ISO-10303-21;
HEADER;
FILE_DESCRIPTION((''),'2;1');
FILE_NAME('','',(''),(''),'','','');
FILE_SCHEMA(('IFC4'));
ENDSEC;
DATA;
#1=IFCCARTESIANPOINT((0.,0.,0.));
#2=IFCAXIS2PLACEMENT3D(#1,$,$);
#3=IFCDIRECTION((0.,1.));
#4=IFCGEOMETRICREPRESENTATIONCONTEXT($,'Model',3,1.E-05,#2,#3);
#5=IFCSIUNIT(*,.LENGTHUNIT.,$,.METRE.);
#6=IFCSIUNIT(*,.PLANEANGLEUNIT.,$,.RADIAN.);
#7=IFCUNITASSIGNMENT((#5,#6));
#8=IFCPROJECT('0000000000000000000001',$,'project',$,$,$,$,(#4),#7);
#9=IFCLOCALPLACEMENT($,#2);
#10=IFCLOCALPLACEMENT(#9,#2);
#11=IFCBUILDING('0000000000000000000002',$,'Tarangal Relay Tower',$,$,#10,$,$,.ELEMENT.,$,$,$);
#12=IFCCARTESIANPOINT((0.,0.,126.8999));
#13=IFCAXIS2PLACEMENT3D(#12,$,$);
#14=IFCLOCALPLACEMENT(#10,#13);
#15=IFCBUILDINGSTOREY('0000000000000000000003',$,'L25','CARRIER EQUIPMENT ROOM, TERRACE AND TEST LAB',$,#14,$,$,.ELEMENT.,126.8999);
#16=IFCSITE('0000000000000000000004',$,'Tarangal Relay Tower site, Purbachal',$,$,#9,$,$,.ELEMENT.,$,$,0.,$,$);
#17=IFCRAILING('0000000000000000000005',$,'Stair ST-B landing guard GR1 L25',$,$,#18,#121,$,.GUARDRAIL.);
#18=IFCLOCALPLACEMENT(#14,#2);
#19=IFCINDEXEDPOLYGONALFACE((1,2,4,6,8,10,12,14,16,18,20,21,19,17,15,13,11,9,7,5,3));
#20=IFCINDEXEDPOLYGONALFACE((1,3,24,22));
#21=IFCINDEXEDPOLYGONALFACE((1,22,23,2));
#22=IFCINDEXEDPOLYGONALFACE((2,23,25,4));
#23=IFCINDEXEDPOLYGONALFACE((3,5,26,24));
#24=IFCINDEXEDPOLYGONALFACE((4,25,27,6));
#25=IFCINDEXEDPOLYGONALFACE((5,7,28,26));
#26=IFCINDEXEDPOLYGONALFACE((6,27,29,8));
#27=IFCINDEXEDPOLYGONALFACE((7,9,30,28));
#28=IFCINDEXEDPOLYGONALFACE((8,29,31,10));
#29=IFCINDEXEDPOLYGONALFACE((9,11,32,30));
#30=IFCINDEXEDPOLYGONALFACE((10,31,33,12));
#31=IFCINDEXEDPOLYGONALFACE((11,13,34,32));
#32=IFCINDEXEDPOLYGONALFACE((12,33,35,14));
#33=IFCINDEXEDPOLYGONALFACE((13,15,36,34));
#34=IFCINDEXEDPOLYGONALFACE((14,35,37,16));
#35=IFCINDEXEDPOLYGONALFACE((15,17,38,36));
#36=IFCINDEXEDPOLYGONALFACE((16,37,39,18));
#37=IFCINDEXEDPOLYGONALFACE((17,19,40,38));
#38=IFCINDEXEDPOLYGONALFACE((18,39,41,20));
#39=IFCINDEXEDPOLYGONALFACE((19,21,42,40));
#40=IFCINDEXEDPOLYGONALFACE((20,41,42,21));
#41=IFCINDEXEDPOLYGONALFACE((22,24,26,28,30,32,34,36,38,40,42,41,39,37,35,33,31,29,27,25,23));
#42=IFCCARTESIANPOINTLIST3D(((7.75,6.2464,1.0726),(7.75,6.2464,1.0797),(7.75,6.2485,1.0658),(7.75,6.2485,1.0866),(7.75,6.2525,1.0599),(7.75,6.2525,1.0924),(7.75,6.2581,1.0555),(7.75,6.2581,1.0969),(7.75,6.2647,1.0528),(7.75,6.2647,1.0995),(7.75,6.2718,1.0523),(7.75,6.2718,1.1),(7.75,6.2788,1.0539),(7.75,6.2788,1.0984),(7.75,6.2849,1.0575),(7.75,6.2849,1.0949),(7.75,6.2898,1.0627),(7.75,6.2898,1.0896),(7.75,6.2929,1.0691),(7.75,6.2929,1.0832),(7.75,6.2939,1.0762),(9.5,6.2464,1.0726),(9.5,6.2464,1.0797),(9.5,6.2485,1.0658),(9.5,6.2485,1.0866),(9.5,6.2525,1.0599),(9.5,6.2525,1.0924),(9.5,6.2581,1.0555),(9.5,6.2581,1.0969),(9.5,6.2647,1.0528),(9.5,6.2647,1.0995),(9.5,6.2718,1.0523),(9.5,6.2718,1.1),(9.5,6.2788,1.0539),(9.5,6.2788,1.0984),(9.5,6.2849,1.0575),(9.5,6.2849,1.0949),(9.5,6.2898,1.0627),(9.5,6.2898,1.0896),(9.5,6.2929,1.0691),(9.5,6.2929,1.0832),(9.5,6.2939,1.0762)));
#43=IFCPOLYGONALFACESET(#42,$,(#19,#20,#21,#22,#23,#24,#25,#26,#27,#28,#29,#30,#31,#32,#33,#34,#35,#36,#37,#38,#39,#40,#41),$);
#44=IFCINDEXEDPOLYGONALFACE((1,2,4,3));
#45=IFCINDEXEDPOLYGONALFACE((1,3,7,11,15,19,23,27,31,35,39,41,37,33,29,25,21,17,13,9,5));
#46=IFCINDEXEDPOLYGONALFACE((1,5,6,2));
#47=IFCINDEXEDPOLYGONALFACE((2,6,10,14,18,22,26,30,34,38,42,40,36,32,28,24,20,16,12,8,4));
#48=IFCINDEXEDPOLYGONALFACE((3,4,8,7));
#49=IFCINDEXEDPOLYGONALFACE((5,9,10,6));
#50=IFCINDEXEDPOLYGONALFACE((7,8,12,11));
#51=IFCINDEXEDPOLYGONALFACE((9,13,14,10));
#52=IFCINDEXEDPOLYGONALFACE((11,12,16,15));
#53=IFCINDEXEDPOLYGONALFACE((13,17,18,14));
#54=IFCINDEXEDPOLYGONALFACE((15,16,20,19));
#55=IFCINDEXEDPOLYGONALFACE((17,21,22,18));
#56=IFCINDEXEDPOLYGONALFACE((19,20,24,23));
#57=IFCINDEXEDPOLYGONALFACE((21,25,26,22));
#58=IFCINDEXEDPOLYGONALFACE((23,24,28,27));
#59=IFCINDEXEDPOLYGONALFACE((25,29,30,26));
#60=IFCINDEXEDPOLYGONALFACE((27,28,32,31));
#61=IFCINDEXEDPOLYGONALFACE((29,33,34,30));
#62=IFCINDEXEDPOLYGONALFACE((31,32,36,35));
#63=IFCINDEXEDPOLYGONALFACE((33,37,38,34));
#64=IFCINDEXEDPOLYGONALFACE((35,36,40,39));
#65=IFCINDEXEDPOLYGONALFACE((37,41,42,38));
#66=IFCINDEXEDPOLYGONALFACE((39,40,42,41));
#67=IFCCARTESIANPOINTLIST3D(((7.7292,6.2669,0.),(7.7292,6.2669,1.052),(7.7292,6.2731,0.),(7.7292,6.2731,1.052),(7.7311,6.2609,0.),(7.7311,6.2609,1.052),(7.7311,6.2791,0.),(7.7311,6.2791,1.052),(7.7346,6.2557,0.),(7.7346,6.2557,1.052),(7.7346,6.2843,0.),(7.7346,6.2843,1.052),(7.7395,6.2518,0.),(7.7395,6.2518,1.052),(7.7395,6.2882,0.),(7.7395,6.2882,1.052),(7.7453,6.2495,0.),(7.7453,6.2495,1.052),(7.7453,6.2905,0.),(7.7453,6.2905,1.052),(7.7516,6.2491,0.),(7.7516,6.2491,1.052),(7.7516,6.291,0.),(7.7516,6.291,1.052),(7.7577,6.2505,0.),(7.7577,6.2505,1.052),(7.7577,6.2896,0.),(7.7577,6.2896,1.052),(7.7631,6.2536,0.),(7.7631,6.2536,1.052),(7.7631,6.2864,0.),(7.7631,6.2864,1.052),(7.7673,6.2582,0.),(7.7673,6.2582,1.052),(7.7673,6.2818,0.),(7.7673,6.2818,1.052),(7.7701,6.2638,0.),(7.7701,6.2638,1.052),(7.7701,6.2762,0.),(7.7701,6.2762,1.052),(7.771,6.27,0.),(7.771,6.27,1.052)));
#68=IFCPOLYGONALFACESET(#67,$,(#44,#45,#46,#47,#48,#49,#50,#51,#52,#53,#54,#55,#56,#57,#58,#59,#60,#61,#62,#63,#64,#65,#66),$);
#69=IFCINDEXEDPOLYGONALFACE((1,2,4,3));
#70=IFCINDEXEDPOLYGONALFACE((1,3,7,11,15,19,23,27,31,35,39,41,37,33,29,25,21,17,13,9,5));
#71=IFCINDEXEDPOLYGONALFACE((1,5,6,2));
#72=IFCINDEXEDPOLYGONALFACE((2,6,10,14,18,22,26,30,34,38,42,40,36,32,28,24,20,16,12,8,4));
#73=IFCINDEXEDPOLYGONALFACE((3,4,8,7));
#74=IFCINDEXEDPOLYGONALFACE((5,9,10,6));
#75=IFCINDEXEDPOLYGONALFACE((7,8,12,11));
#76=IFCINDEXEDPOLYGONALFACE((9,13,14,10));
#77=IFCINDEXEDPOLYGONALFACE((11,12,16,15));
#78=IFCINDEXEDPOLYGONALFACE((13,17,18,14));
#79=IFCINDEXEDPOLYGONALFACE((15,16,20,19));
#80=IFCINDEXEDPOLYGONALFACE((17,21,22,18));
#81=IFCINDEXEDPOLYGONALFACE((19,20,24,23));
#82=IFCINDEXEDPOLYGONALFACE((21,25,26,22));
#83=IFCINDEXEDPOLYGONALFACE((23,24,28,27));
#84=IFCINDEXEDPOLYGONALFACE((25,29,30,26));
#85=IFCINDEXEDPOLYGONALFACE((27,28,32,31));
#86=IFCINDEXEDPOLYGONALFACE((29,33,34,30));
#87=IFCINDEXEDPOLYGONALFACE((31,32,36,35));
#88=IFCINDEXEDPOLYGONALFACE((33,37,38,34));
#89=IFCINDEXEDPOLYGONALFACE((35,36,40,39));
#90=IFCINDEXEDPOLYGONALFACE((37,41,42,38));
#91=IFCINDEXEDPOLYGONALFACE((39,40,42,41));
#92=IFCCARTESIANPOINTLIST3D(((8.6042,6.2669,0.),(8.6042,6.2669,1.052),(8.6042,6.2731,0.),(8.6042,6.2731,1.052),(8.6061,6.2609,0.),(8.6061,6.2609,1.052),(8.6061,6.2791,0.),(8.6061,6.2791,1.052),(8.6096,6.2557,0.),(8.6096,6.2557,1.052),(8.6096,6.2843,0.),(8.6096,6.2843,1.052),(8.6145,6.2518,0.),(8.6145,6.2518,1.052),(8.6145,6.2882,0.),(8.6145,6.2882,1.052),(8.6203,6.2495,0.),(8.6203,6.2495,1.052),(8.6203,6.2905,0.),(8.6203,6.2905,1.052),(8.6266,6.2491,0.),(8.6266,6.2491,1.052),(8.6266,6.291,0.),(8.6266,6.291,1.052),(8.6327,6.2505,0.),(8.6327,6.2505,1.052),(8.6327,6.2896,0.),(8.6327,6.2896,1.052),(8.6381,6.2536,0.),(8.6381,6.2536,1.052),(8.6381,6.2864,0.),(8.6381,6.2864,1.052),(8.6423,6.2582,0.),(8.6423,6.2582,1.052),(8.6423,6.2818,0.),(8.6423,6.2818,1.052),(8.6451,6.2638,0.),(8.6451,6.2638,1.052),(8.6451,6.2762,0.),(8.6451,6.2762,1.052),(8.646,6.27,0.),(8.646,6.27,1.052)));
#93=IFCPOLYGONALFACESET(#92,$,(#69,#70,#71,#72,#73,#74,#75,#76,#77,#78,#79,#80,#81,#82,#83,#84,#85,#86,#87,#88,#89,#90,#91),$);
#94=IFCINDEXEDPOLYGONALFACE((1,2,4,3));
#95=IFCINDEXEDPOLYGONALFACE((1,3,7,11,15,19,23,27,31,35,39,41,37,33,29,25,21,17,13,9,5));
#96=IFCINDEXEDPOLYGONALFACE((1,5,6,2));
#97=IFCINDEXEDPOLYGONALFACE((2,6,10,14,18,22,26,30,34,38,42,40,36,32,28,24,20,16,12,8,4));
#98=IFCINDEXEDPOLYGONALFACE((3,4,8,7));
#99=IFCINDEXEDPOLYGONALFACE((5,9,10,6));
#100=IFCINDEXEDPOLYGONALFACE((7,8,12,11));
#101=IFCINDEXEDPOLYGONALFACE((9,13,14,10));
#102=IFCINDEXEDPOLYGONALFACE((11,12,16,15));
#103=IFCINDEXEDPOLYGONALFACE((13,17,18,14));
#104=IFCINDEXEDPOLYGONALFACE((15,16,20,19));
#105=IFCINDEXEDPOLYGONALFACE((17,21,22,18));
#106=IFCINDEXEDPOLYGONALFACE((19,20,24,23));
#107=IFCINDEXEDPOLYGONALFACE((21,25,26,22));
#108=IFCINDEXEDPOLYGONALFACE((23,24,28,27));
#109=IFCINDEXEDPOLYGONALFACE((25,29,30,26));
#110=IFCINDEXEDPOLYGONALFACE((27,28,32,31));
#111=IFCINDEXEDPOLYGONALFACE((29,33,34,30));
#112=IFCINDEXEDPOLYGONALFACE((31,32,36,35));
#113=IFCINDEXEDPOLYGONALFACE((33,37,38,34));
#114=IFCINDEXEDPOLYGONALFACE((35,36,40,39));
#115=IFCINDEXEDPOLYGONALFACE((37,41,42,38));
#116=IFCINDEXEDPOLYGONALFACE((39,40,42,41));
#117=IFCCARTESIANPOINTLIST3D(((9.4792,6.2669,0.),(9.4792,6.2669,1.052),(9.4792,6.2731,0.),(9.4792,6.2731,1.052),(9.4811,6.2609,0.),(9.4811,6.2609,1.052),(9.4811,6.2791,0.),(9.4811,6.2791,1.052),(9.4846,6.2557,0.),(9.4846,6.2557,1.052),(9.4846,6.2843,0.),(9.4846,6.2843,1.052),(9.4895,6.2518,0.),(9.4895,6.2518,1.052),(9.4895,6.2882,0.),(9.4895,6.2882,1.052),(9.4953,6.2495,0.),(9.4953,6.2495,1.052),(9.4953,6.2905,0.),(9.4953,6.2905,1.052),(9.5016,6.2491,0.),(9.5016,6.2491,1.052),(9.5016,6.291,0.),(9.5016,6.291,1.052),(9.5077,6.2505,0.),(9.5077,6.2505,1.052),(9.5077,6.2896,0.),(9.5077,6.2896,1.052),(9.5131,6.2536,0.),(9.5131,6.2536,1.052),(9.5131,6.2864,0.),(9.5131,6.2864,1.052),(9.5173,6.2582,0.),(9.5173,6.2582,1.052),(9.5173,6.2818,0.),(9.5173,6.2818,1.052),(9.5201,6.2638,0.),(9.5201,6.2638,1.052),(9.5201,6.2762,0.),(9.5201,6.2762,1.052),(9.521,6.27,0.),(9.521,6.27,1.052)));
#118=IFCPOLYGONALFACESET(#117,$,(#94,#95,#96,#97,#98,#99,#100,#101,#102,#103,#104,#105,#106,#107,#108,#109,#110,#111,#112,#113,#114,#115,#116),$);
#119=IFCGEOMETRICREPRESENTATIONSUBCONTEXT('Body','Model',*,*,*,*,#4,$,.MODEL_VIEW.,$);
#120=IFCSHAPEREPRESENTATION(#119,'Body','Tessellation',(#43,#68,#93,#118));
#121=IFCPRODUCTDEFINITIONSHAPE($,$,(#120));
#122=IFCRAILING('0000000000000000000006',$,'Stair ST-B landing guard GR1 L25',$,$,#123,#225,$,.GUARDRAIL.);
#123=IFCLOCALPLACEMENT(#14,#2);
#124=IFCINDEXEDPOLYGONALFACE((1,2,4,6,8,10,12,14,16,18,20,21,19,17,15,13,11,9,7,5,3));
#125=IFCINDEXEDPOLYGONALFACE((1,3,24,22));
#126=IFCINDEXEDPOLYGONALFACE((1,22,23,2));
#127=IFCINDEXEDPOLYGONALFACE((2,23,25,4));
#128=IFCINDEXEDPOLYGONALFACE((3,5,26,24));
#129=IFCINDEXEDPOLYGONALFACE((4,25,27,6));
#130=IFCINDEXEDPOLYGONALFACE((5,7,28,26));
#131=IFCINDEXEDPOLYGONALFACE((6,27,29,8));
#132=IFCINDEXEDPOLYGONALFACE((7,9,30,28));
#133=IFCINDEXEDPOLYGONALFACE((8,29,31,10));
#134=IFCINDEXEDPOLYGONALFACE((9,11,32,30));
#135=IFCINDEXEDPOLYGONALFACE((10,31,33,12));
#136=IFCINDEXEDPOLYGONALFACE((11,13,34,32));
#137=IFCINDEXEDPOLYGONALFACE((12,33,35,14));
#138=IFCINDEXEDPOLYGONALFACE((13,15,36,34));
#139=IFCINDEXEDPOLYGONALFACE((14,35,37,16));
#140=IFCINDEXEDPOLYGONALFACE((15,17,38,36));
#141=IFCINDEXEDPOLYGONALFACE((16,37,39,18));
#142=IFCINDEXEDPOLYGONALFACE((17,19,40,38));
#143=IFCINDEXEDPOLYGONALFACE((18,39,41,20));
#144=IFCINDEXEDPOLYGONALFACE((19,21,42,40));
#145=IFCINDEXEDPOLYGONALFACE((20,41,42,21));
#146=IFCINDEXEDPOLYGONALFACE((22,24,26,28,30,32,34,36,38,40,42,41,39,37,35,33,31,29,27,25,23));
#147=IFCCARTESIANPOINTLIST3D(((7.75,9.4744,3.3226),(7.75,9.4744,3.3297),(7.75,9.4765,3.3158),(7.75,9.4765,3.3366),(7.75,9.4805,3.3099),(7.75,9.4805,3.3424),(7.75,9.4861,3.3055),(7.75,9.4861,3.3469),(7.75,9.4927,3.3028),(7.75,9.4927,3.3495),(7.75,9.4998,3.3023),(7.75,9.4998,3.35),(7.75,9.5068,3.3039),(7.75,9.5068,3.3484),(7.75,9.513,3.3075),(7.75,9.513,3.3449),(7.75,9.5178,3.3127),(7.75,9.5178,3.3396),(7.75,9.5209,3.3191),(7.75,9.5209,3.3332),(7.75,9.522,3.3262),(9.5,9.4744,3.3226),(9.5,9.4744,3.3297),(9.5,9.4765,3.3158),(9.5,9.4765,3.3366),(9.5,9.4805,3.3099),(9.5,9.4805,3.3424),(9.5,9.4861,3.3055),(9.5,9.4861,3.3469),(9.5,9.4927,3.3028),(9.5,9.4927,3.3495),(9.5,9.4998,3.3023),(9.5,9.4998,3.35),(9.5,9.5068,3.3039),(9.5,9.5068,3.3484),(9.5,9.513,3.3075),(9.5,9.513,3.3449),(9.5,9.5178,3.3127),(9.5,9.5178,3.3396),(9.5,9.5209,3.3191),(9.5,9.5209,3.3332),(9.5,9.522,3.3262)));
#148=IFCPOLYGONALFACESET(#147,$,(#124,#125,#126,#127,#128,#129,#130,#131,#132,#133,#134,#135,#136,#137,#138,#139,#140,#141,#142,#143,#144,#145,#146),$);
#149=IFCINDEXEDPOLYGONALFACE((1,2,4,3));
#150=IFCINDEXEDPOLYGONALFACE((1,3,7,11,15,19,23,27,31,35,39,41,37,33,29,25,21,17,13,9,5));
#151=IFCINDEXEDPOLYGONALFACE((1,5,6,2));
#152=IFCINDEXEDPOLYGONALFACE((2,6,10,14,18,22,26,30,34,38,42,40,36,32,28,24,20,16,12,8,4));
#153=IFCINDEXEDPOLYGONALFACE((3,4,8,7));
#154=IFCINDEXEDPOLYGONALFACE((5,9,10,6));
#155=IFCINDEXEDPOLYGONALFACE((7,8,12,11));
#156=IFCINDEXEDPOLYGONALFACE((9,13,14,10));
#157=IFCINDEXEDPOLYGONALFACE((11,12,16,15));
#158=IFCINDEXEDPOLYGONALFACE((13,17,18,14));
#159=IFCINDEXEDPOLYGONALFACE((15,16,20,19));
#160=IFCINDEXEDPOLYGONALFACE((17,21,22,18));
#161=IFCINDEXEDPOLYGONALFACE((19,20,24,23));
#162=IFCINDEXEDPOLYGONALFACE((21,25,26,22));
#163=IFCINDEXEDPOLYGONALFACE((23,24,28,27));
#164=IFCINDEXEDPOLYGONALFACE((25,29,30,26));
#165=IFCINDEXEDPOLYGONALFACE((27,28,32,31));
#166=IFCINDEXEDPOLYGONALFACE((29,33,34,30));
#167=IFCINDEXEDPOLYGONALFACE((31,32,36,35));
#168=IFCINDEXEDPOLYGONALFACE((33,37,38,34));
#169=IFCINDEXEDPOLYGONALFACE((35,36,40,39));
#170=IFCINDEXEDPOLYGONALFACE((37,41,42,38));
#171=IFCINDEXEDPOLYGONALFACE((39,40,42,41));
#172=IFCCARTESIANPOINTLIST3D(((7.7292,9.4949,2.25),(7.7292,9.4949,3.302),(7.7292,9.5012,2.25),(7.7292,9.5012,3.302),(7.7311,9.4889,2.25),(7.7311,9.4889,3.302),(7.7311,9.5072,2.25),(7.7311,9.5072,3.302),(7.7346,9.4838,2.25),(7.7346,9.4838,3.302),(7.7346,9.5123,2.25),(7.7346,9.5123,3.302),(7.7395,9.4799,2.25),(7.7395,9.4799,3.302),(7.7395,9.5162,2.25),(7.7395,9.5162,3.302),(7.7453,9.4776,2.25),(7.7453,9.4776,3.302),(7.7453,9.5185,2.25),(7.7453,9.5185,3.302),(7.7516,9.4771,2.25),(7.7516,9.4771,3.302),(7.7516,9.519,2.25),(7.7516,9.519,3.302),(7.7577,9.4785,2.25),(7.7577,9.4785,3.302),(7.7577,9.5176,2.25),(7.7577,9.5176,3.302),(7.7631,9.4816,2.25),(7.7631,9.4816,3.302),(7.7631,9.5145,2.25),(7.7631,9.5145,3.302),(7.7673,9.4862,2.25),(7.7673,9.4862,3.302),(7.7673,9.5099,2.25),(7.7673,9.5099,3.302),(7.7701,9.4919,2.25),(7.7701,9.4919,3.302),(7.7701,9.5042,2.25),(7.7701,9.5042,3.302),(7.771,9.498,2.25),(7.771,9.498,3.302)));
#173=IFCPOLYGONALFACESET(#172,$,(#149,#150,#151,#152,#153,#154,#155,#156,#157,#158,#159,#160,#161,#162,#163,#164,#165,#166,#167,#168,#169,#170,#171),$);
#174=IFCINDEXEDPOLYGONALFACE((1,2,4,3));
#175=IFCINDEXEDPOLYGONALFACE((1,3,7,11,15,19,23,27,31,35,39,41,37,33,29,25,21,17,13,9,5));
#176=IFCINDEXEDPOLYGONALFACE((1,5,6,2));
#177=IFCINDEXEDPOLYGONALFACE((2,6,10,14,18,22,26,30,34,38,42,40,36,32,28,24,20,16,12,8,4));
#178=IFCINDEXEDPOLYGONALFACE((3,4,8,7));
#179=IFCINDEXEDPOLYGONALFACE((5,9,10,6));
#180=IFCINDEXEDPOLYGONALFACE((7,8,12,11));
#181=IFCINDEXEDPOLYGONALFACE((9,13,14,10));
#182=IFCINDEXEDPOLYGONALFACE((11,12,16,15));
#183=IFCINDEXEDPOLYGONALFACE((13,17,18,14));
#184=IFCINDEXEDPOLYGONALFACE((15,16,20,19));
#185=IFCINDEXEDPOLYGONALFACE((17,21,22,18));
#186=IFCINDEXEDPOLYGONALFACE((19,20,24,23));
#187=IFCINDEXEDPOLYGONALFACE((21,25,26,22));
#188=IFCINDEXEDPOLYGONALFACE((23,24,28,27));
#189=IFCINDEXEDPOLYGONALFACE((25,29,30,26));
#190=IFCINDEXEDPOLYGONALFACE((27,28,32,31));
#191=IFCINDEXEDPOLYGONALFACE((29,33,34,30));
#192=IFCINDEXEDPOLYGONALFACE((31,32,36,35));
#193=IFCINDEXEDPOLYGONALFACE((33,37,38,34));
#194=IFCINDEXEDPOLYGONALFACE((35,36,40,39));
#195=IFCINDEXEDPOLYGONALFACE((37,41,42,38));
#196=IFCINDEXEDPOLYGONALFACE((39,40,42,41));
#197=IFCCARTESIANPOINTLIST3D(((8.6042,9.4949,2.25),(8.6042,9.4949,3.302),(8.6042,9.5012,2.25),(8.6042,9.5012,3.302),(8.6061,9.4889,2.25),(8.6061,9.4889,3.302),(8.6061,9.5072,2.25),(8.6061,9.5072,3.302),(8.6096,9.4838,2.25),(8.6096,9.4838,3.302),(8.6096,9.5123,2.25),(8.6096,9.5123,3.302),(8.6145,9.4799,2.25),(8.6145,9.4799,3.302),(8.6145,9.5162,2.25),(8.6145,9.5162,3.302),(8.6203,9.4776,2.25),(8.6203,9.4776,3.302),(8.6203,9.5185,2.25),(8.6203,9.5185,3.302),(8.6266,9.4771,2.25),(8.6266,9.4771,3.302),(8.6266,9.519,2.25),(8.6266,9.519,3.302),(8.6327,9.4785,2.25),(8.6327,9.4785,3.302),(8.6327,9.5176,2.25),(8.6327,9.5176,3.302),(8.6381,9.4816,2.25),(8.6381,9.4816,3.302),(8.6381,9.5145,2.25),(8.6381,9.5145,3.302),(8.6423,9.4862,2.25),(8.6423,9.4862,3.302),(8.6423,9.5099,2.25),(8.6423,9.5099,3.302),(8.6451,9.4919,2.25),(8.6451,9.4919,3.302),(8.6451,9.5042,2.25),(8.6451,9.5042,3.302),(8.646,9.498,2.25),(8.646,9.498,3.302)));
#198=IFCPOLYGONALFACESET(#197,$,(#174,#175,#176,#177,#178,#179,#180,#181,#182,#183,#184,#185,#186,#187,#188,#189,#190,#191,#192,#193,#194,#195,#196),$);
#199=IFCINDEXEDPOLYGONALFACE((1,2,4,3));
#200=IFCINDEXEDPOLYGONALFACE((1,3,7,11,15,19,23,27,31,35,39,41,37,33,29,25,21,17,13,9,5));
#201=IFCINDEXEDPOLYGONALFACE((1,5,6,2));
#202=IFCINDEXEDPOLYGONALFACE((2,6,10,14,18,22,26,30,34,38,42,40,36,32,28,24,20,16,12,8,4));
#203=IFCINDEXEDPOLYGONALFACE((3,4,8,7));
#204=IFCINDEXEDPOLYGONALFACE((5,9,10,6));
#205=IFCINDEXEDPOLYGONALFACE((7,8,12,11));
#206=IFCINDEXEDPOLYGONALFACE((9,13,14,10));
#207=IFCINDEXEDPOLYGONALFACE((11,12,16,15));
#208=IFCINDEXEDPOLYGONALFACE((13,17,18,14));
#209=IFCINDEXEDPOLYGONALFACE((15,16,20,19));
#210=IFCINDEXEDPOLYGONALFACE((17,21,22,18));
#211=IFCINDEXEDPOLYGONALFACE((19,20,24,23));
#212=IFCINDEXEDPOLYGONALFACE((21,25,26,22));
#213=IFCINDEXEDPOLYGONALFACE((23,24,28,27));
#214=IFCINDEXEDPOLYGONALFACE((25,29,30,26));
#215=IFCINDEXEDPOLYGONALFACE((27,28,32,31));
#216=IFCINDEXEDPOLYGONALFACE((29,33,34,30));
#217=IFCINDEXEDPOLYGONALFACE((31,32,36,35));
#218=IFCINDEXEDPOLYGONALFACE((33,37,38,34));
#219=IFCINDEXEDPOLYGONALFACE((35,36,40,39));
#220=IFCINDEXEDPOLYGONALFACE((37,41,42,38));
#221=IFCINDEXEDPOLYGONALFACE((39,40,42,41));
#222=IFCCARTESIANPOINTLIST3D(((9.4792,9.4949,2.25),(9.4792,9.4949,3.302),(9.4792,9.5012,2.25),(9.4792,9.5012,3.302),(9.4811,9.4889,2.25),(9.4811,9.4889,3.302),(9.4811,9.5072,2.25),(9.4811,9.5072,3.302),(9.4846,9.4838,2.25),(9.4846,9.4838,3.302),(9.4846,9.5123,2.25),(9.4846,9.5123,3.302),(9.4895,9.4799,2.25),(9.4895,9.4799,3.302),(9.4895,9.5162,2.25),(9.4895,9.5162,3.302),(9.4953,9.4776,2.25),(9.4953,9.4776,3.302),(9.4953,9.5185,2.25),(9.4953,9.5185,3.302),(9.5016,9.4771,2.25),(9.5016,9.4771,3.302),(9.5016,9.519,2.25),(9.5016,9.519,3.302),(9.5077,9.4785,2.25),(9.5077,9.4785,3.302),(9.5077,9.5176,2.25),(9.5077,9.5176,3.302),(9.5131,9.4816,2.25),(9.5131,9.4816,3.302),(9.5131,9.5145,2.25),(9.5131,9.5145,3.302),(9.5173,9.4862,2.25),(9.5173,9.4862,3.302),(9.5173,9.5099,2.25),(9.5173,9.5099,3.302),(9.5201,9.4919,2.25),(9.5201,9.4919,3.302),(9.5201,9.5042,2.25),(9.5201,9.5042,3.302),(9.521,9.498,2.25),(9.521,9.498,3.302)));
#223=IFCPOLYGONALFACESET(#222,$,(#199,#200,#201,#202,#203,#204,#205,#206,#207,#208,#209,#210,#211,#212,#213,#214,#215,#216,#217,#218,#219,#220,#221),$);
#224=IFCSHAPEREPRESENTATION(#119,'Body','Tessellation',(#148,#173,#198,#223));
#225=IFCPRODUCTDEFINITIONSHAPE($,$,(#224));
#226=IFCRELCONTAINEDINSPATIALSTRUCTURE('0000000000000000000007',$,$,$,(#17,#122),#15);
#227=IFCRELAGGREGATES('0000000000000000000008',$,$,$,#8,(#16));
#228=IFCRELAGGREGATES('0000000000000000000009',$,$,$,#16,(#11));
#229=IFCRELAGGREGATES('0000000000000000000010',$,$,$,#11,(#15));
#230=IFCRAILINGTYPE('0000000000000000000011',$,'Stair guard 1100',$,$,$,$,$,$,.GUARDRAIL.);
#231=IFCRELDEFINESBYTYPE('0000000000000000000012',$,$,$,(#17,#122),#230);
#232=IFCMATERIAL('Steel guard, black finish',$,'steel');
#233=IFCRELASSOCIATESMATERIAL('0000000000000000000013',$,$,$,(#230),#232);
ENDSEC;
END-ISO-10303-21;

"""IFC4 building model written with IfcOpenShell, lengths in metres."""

from ifc_helpers import new_model, si_unit, direction, frame, origin, origin_2d, place, context, subcontext, project, spatial, circle, extrude, material, type_object, element, save


model = new_model("IFC4")

# Units and contexts
model_context = context("Model", 3, precision=1e-05, world=origin(), true_north=direction((0.0, 1.0)))
body_context = subcontext(model_context, "Body", "Model", "MODEL_VIEW")
ifc_project = project(units=[si_unit("LENGTHUNIT", "METRE"), si_unit("PLANEANGLEUNIT", "RADIAN")], contexts=[model_context])

# Site, building, storey
site_placement = place(None, origin())
site = spatial("IfcSite", under=ifc_project, at=site_placement, Name="Tarangal Relay Tower site, Purbachal", CompositionType="ELEMENT", RefElevation=0.0)
building_placement = place(site_placement, origin())
building = spatial("IfcBuilding", under=site, at=building_placement, Name="Tarangal Relay Tower", CompositionType="ELEMENT")
storey_placement = place(building_placement, frame((0.0, 0.0, 126.8999)))
storey = spatial("IfcBuildingStorey", under=building, at=storey_placement, Name="L25", Description="CARRIER EQUIPMENT ROOM, TERRACE AND TEST LAB", CompositionType="ELEMENT", Elevation=126.8999)

# Railings
ifc_material_1 = material(Name="Steel guard, black finish", Category="steel")
railing_type_1 = type_object("IfcRailingType", Name="Stair guard 1100", PredefinedType="GUARDRAIL", material=ifc_material_1)
for number, where, name in (
    (1, (7.75, 6.27, 0.0), "Stair ST-B landing guard GR1 L25"),
    (2, (7.75, 9.498, 2.25), "Stair ST-B landing guard GR1 L25"),
):
    element("IfcRailing", number, at=place(storey_placement, frame(where)), inside=storey, type_object=railing_type_1, Name=name, PredefinedType="GUARDRAIL", context=body_context, shape_type="SweptSolid", body=[
        extrude(circle(Radius=0.0239, at=origin_2d()), frame((0.0, 0.0, 1.0762), z_axis=(1.0, 0.0, 0.0), x_axis=(0.0, 1.0, 0.0)), (0.0, 0.0, 1.0), 1.75),
        extrude(circle(Radius=0.021, at=origin_2d()), origin(), (0.0, 0.0, 1.0), 1.052),
        extrude(circle(Radius=0.021, at=origin_2d()), frame((0.875, 0.0, 0.0)), (0.0, 0.0, 1.0), 1.052),
        extrude(circle(Radius=0.021, at=origin_2d()), frame((1.75, 0.0, 0.0)), (0.0, 0.0, 1.0), 1.052),
    ])

save(model, "model.ifc")
